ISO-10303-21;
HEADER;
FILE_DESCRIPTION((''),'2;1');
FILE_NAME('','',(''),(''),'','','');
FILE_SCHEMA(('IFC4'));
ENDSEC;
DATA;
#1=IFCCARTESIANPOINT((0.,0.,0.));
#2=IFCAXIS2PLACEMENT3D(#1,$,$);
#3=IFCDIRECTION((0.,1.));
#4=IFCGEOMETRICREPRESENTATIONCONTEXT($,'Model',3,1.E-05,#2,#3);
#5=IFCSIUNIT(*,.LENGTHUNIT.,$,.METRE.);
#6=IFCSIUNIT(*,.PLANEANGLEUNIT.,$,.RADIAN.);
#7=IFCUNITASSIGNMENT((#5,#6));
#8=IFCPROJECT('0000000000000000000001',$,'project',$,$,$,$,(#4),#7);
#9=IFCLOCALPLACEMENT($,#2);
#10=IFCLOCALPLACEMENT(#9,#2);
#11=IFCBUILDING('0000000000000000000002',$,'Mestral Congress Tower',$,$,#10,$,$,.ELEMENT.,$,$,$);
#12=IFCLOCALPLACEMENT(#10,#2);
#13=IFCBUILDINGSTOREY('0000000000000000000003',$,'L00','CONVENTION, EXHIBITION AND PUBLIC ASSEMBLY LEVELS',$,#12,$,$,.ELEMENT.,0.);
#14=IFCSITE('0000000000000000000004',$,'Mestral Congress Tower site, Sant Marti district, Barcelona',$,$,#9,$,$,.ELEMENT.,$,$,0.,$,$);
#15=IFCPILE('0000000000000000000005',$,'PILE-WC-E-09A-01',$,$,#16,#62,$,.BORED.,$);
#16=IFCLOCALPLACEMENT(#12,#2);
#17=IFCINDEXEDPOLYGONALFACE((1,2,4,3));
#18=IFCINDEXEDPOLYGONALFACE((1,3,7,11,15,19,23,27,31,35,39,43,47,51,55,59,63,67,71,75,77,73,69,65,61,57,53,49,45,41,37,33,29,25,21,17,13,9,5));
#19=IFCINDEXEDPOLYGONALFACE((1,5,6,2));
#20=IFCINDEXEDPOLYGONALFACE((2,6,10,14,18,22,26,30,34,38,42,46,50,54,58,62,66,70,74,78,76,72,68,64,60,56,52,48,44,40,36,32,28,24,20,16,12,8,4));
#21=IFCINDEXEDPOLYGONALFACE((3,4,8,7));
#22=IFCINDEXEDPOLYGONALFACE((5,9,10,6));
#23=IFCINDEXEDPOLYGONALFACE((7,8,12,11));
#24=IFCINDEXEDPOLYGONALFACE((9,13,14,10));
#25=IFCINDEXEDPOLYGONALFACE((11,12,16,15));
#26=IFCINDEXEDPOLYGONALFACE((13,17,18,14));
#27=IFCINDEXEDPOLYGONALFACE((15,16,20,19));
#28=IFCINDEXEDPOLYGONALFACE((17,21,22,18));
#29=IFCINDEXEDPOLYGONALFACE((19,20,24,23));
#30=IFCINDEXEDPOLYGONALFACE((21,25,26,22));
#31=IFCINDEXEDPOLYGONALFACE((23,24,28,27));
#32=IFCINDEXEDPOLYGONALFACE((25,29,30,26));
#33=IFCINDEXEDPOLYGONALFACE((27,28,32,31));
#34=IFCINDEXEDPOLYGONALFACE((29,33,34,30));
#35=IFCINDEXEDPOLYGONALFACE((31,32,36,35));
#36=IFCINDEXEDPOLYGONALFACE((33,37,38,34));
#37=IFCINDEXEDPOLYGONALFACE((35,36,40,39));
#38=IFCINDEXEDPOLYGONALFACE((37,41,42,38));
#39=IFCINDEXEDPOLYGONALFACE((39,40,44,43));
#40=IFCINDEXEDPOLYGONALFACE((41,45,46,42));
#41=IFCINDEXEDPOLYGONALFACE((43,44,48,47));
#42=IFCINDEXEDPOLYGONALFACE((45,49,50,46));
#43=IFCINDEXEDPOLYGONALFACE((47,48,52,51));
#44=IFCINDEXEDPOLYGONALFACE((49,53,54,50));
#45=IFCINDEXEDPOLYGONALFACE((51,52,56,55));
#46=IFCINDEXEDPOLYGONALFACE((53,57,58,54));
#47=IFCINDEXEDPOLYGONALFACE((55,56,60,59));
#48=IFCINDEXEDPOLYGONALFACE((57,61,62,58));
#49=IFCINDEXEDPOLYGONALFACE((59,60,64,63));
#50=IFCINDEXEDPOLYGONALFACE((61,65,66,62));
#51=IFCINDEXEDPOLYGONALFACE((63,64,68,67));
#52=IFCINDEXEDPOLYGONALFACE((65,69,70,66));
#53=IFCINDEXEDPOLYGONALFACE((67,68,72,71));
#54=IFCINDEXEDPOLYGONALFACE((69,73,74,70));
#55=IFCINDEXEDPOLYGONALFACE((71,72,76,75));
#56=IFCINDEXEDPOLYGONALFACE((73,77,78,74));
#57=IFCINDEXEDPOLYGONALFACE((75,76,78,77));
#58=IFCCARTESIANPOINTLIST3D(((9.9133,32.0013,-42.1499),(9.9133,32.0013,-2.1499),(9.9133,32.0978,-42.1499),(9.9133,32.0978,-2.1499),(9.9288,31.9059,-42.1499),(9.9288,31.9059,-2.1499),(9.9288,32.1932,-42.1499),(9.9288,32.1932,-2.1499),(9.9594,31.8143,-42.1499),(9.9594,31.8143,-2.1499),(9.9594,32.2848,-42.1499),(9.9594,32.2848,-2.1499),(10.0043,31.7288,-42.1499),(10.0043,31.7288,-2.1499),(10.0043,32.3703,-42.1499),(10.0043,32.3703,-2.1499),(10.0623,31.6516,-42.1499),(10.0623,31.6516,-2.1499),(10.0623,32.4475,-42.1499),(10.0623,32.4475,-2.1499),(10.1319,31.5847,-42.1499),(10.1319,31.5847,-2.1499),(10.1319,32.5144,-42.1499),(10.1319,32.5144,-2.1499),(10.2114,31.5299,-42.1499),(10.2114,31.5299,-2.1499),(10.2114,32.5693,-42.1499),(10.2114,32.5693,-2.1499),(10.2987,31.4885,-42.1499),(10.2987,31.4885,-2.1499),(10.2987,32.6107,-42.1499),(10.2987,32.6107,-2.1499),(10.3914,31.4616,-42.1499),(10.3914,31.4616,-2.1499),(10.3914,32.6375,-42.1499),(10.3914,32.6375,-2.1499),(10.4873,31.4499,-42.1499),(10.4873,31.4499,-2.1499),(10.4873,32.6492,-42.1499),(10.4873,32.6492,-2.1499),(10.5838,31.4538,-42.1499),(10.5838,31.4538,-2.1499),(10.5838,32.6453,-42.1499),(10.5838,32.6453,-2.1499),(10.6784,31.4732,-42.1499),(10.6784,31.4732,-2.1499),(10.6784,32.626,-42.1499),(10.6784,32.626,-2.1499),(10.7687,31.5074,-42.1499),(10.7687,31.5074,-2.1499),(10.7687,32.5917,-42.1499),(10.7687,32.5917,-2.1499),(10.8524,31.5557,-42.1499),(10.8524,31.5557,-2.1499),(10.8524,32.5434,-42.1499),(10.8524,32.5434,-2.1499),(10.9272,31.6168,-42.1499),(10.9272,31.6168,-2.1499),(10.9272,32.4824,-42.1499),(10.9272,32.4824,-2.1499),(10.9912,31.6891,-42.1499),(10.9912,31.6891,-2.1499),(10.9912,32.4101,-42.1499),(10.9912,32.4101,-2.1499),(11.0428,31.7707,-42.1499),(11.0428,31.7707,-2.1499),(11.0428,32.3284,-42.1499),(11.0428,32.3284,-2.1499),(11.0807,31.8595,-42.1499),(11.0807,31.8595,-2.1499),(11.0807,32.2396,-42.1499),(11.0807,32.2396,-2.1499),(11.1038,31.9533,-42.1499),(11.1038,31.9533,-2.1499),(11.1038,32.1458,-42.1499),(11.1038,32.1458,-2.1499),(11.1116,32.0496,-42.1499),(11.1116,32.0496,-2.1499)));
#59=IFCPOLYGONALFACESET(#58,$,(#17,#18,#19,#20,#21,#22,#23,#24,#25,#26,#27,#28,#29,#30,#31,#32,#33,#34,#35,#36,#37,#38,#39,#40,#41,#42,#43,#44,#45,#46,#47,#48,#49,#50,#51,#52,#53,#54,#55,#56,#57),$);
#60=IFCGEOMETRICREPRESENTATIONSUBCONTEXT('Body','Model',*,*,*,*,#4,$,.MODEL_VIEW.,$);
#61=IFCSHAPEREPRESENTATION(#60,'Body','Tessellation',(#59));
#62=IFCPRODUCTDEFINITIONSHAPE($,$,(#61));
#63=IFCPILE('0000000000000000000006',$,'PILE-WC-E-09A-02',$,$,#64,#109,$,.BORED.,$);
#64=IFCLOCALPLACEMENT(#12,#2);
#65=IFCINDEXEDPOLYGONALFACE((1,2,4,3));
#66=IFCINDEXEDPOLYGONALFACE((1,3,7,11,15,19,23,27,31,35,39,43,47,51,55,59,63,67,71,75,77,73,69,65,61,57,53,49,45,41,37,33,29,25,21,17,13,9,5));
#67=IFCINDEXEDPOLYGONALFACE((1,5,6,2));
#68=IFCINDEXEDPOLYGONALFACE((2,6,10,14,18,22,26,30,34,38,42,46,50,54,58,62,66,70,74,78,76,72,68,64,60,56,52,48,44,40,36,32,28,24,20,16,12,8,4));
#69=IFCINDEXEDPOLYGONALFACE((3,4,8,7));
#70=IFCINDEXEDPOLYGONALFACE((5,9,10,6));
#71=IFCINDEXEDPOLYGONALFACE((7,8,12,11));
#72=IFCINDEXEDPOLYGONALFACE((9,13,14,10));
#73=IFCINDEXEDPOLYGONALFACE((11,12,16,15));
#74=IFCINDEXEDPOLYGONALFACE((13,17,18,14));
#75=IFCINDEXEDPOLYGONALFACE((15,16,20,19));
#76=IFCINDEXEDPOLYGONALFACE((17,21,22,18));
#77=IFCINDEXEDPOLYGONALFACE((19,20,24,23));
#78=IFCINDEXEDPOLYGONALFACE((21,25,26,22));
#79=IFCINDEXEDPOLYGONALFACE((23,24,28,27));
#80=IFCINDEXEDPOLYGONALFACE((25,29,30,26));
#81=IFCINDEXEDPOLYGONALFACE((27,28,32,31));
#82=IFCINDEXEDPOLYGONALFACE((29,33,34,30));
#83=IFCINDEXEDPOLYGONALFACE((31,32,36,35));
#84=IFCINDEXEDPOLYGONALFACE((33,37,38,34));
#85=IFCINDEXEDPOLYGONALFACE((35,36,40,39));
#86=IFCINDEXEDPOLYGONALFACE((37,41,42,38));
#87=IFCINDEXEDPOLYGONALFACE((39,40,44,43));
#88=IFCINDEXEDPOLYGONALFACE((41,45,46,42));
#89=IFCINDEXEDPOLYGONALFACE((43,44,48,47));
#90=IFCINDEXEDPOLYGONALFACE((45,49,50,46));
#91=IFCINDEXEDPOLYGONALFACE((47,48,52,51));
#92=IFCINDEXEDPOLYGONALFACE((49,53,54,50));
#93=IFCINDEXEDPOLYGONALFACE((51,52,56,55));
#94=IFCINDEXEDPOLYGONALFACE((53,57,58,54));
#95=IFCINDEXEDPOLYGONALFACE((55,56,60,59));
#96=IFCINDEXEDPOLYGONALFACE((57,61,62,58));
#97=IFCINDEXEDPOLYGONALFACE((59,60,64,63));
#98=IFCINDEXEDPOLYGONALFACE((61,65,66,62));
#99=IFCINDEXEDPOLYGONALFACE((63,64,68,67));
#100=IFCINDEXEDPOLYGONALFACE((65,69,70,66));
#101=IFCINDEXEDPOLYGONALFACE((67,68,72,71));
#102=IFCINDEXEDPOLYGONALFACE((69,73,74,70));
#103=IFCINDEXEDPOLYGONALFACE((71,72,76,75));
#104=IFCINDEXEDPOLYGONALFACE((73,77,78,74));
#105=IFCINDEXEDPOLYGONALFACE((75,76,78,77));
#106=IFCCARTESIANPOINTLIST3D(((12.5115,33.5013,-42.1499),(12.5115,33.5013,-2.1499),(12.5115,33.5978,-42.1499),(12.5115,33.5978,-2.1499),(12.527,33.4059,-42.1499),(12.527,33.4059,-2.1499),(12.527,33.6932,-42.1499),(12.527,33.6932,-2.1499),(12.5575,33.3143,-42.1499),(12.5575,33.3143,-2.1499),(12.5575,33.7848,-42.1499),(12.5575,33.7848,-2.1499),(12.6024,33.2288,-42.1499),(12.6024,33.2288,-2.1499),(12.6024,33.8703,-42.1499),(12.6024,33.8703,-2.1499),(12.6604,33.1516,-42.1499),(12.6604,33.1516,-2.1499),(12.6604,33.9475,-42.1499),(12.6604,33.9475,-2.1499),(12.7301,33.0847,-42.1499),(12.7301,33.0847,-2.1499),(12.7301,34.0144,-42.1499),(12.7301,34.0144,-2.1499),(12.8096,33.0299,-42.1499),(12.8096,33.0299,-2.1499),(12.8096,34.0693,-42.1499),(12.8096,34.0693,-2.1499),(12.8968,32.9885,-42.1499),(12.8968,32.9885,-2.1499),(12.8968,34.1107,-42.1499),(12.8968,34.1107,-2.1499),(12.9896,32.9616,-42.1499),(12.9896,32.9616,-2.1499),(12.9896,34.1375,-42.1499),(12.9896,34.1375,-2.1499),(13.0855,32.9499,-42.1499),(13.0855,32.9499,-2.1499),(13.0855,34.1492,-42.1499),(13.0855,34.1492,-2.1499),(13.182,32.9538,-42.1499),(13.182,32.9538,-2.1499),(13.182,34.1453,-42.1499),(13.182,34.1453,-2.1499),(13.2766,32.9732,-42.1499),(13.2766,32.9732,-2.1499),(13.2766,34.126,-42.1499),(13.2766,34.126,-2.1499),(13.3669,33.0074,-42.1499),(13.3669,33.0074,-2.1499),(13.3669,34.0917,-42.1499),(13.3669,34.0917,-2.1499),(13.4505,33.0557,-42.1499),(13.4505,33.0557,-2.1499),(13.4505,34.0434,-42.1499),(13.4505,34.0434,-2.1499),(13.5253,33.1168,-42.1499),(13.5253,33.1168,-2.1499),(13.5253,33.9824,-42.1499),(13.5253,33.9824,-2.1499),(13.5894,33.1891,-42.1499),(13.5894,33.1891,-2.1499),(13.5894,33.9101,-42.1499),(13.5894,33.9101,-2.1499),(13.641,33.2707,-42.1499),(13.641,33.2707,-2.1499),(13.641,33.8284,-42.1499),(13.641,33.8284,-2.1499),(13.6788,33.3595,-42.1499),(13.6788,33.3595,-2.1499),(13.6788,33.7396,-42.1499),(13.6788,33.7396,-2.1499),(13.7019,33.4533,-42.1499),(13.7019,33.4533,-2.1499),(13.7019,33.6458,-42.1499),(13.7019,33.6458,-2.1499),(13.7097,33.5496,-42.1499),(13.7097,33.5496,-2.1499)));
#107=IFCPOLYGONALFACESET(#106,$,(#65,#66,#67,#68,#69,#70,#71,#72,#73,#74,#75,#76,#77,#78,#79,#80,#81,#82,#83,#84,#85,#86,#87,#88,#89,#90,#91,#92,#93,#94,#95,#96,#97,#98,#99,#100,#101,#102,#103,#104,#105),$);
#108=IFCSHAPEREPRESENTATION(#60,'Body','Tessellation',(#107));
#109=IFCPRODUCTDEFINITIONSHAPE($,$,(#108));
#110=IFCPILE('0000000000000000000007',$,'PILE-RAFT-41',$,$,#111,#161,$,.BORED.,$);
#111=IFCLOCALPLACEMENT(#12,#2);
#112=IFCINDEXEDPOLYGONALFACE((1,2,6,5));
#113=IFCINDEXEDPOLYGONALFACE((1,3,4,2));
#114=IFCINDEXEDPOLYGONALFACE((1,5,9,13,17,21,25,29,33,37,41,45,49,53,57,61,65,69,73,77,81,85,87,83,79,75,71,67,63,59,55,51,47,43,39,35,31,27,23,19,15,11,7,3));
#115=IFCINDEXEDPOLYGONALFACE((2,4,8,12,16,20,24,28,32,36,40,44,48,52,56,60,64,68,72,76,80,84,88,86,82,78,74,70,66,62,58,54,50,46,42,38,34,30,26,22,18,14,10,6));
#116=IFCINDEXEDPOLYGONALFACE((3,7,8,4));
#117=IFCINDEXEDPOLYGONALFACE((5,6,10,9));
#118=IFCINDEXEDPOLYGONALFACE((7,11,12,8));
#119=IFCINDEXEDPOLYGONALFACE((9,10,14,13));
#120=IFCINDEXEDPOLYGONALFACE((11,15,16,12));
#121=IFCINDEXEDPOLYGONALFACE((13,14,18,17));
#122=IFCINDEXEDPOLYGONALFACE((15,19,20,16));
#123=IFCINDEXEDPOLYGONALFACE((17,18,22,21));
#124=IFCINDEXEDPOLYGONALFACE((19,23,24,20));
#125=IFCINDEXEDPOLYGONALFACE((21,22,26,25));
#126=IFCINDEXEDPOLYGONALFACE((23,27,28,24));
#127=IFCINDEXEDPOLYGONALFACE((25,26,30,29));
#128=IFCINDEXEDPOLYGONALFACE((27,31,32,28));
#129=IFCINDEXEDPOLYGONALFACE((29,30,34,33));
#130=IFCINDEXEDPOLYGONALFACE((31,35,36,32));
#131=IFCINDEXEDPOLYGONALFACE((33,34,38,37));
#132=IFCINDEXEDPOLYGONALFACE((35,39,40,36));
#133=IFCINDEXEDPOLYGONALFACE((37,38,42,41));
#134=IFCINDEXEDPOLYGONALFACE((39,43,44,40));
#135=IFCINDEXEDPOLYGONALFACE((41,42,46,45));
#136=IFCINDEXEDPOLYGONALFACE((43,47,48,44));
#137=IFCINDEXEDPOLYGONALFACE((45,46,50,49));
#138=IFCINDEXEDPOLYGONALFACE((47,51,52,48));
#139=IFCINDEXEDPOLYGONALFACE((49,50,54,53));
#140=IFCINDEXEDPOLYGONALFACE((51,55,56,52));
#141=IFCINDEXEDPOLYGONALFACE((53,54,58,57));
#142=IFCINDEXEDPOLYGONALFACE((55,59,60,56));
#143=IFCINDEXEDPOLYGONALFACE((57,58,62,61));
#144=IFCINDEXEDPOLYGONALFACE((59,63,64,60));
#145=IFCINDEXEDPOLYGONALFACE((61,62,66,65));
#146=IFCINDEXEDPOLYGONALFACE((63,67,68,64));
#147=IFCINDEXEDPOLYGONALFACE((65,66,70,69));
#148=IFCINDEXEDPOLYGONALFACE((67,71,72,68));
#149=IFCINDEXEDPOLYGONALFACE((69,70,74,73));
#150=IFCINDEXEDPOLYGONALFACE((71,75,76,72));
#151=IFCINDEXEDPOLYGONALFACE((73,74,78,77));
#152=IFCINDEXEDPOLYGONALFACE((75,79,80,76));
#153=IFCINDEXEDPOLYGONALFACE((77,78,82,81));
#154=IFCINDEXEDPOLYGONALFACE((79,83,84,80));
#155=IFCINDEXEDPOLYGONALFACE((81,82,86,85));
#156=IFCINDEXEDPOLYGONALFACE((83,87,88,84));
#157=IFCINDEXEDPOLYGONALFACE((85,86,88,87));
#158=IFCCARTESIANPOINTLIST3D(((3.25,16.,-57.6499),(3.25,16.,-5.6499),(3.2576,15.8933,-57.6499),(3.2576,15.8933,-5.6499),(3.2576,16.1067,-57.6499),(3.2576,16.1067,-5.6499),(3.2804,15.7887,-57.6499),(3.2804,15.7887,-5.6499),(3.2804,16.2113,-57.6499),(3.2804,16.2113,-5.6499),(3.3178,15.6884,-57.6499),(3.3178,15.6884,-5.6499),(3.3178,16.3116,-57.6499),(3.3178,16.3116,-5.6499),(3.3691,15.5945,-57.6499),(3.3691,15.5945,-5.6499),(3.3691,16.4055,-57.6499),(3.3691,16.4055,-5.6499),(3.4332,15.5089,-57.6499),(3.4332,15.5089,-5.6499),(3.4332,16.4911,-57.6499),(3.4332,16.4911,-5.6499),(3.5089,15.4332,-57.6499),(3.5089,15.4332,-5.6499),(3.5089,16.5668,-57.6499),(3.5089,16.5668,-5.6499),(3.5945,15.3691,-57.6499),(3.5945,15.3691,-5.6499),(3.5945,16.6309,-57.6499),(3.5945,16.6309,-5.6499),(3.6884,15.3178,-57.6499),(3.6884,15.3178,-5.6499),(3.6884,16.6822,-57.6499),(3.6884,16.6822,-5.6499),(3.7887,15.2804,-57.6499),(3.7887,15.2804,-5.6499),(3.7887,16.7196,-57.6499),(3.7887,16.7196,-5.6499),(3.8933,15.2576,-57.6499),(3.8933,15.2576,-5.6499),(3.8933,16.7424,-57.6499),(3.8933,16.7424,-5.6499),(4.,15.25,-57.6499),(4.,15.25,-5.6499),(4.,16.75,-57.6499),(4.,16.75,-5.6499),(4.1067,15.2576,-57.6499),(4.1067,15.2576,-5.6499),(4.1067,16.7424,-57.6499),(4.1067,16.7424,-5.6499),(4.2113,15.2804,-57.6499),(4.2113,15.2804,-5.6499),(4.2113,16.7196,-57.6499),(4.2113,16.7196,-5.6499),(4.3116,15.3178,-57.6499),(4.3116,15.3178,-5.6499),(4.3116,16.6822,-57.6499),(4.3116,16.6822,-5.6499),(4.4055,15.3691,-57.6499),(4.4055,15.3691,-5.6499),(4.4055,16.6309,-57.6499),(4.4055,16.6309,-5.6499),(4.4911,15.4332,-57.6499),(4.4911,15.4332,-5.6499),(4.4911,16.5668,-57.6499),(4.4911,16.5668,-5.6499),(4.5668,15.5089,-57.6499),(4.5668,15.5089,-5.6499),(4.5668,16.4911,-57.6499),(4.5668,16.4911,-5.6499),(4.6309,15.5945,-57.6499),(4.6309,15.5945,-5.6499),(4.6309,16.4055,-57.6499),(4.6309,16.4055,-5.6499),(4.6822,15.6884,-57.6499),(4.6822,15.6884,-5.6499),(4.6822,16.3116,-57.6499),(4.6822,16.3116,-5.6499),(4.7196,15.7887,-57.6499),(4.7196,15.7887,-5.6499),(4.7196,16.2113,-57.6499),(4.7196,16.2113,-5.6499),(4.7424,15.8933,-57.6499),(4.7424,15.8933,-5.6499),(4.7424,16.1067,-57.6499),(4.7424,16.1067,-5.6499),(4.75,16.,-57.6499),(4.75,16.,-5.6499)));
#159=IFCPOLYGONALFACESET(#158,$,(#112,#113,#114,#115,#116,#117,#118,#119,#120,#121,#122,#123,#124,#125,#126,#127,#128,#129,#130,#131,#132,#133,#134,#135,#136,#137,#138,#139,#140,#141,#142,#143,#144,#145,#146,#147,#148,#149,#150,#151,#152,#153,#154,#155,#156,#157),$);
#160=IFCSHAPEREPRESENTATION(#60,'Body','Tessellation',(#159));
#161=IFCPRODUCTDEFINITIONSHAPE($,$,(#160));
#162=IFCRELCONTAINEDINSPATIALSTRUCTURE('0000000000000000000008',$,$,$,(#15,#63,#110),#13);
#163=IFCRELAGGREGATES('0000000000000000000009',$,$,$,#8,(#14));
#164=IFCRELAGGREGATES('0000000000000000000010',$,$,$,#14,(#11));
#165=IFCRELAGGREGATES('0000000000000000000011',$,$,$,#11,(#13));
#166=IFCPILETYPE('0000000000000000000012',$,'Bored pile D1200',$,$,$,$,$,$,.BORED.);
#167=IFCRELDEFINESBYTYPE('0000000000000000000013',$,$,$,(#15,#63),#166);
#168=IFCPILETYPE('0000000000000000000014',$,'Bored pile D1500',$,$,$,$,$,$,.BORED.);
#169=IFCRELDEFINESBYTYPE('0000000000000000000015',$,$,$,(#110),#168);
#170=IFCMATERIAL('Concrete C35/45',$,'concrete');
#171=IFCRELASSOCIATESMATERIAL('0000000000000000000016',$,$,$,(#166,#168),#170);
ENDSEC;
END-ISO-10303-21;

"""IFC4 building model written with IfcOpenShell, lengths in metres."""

from ifc_helpers import new_model, si_unit, direction, frame, origin, origin_2d, place, context, subcontext, project, spatial, circle, extrude, material, material_profile, profile_set, type_object, element, save


model = new_model("IFC4")

# Units and contexts
model_context = context("Model", 3, precision=1e-05, world=origin(), true_north=direction((0.0, 1.0)))
body_context = subcontext(model_context, "Body", "Model", "MODEL_VIEW")
ifc_project = project(units=[si_unit("LENGTHUNIT", "METRE"), si_unit("PLANEANGLEUNIT", "RADIAN")], contexts=[model_context])

# Site, building, storey
site_placement = place(None, origin())
site = spatial("IfcSite", under=ifc_project, at=site_placement, Name="Mestral Congress Tower site, Sant Marti district, Barcelona", CompositionType="ELEMENT", RefElevation=0.0)
building_placement = place(site_placement, origin())
building = spatial("IfcBuilding", under=site, at=building_placement, Name="Mestral Congress Tower", CompositionType="ELEMENT")
storey_placement = place(building_placement, origin())
storey = spatial("IfcBuildingStorey", under=building, at=storey_placement, Name="L00", Description="CONVENTION, EXHIBITION AND PUBLIC ASSEMBLY LEVELS", CompositionType="ELEMENT", Elevation=0.0)

# Piles
ifc_material_1 = material(Name="Concrete C35/45", Category="concrete")
ifc_material_profile_1 = material_profile(ifc_material_1, circle(Radius=0.6001, at=origin_2d()), Name="D1200")
ifc_profile_set_1 = profile_set([ifc_material_profile_1], Name="Concrete C35/45")
pile_type_1 = type_object("IfcPileType", Name="Bored pile D1200", PredefinedType="BORED", material=ifc_profile_set_1)
for number, where, z_axis, x_axis, name in (
    (1, (10.5115, 32.0496, -2.1499), (0.0, 0.0, -1.0), (1.0, 0.0, 0.0), "PILE-WC-E-09A-01"),
    (2, (13.1096, 33.5496, -2.1499), (0.0, 0.0, -1.0), (1.0, 0.0, 0.0), "PILE-WC-E-09A-02"),
):
    element("IfcPile", number, at=place(storey_placement, frame(where, z_axis=z_axis, x_axis=x_axis)), inside=storey, type_object=pile_type_1, Name=name, PredefinedType="BORED", context=body_context, shape_type="SweptSolid", body=[
        extrude(circle(Radius=0.6001, at=origin_2d()), origin(), (0.0, 0.0, 1.0), 40.0),
    ])
ifc_material_profile_2 = material_profile(ifc_material_1, circle(Radius=0.75, at=origin_2d()), Name="D1500")
ifc_profile_set_2 = profile_set([ifc_material_profile_2], Name="Concrete C35/45")
pile_type_2 = type_object("IfcPileType", Name="Bored pile D1500", PredefinedType="BORED", material=ifc_profile_set_2)
for number, where, z_axis, x_axis, name in (
    (3, (4.0, 16.0, -5.6499), (0.0, 0.0, -1.0), (1.0, 0.0, 0.0), "PILE-RAFT-41"),
):
    element("IfcPile", number, at=place(storey_placement, frame(where, z_axis=z_axis, x_axis=x_axis)), inside=storey, type_object=pile_type_2, Name=name, PredefinedType="BORED", context=body_context, shape_type="SweptSolid", body=[
        extrude(circle(Radius=0.75, at=origin_2d()), origin(), (0.0, 0.0, 1.0), 52.0),
    ])

save(model, "model.ifc")
